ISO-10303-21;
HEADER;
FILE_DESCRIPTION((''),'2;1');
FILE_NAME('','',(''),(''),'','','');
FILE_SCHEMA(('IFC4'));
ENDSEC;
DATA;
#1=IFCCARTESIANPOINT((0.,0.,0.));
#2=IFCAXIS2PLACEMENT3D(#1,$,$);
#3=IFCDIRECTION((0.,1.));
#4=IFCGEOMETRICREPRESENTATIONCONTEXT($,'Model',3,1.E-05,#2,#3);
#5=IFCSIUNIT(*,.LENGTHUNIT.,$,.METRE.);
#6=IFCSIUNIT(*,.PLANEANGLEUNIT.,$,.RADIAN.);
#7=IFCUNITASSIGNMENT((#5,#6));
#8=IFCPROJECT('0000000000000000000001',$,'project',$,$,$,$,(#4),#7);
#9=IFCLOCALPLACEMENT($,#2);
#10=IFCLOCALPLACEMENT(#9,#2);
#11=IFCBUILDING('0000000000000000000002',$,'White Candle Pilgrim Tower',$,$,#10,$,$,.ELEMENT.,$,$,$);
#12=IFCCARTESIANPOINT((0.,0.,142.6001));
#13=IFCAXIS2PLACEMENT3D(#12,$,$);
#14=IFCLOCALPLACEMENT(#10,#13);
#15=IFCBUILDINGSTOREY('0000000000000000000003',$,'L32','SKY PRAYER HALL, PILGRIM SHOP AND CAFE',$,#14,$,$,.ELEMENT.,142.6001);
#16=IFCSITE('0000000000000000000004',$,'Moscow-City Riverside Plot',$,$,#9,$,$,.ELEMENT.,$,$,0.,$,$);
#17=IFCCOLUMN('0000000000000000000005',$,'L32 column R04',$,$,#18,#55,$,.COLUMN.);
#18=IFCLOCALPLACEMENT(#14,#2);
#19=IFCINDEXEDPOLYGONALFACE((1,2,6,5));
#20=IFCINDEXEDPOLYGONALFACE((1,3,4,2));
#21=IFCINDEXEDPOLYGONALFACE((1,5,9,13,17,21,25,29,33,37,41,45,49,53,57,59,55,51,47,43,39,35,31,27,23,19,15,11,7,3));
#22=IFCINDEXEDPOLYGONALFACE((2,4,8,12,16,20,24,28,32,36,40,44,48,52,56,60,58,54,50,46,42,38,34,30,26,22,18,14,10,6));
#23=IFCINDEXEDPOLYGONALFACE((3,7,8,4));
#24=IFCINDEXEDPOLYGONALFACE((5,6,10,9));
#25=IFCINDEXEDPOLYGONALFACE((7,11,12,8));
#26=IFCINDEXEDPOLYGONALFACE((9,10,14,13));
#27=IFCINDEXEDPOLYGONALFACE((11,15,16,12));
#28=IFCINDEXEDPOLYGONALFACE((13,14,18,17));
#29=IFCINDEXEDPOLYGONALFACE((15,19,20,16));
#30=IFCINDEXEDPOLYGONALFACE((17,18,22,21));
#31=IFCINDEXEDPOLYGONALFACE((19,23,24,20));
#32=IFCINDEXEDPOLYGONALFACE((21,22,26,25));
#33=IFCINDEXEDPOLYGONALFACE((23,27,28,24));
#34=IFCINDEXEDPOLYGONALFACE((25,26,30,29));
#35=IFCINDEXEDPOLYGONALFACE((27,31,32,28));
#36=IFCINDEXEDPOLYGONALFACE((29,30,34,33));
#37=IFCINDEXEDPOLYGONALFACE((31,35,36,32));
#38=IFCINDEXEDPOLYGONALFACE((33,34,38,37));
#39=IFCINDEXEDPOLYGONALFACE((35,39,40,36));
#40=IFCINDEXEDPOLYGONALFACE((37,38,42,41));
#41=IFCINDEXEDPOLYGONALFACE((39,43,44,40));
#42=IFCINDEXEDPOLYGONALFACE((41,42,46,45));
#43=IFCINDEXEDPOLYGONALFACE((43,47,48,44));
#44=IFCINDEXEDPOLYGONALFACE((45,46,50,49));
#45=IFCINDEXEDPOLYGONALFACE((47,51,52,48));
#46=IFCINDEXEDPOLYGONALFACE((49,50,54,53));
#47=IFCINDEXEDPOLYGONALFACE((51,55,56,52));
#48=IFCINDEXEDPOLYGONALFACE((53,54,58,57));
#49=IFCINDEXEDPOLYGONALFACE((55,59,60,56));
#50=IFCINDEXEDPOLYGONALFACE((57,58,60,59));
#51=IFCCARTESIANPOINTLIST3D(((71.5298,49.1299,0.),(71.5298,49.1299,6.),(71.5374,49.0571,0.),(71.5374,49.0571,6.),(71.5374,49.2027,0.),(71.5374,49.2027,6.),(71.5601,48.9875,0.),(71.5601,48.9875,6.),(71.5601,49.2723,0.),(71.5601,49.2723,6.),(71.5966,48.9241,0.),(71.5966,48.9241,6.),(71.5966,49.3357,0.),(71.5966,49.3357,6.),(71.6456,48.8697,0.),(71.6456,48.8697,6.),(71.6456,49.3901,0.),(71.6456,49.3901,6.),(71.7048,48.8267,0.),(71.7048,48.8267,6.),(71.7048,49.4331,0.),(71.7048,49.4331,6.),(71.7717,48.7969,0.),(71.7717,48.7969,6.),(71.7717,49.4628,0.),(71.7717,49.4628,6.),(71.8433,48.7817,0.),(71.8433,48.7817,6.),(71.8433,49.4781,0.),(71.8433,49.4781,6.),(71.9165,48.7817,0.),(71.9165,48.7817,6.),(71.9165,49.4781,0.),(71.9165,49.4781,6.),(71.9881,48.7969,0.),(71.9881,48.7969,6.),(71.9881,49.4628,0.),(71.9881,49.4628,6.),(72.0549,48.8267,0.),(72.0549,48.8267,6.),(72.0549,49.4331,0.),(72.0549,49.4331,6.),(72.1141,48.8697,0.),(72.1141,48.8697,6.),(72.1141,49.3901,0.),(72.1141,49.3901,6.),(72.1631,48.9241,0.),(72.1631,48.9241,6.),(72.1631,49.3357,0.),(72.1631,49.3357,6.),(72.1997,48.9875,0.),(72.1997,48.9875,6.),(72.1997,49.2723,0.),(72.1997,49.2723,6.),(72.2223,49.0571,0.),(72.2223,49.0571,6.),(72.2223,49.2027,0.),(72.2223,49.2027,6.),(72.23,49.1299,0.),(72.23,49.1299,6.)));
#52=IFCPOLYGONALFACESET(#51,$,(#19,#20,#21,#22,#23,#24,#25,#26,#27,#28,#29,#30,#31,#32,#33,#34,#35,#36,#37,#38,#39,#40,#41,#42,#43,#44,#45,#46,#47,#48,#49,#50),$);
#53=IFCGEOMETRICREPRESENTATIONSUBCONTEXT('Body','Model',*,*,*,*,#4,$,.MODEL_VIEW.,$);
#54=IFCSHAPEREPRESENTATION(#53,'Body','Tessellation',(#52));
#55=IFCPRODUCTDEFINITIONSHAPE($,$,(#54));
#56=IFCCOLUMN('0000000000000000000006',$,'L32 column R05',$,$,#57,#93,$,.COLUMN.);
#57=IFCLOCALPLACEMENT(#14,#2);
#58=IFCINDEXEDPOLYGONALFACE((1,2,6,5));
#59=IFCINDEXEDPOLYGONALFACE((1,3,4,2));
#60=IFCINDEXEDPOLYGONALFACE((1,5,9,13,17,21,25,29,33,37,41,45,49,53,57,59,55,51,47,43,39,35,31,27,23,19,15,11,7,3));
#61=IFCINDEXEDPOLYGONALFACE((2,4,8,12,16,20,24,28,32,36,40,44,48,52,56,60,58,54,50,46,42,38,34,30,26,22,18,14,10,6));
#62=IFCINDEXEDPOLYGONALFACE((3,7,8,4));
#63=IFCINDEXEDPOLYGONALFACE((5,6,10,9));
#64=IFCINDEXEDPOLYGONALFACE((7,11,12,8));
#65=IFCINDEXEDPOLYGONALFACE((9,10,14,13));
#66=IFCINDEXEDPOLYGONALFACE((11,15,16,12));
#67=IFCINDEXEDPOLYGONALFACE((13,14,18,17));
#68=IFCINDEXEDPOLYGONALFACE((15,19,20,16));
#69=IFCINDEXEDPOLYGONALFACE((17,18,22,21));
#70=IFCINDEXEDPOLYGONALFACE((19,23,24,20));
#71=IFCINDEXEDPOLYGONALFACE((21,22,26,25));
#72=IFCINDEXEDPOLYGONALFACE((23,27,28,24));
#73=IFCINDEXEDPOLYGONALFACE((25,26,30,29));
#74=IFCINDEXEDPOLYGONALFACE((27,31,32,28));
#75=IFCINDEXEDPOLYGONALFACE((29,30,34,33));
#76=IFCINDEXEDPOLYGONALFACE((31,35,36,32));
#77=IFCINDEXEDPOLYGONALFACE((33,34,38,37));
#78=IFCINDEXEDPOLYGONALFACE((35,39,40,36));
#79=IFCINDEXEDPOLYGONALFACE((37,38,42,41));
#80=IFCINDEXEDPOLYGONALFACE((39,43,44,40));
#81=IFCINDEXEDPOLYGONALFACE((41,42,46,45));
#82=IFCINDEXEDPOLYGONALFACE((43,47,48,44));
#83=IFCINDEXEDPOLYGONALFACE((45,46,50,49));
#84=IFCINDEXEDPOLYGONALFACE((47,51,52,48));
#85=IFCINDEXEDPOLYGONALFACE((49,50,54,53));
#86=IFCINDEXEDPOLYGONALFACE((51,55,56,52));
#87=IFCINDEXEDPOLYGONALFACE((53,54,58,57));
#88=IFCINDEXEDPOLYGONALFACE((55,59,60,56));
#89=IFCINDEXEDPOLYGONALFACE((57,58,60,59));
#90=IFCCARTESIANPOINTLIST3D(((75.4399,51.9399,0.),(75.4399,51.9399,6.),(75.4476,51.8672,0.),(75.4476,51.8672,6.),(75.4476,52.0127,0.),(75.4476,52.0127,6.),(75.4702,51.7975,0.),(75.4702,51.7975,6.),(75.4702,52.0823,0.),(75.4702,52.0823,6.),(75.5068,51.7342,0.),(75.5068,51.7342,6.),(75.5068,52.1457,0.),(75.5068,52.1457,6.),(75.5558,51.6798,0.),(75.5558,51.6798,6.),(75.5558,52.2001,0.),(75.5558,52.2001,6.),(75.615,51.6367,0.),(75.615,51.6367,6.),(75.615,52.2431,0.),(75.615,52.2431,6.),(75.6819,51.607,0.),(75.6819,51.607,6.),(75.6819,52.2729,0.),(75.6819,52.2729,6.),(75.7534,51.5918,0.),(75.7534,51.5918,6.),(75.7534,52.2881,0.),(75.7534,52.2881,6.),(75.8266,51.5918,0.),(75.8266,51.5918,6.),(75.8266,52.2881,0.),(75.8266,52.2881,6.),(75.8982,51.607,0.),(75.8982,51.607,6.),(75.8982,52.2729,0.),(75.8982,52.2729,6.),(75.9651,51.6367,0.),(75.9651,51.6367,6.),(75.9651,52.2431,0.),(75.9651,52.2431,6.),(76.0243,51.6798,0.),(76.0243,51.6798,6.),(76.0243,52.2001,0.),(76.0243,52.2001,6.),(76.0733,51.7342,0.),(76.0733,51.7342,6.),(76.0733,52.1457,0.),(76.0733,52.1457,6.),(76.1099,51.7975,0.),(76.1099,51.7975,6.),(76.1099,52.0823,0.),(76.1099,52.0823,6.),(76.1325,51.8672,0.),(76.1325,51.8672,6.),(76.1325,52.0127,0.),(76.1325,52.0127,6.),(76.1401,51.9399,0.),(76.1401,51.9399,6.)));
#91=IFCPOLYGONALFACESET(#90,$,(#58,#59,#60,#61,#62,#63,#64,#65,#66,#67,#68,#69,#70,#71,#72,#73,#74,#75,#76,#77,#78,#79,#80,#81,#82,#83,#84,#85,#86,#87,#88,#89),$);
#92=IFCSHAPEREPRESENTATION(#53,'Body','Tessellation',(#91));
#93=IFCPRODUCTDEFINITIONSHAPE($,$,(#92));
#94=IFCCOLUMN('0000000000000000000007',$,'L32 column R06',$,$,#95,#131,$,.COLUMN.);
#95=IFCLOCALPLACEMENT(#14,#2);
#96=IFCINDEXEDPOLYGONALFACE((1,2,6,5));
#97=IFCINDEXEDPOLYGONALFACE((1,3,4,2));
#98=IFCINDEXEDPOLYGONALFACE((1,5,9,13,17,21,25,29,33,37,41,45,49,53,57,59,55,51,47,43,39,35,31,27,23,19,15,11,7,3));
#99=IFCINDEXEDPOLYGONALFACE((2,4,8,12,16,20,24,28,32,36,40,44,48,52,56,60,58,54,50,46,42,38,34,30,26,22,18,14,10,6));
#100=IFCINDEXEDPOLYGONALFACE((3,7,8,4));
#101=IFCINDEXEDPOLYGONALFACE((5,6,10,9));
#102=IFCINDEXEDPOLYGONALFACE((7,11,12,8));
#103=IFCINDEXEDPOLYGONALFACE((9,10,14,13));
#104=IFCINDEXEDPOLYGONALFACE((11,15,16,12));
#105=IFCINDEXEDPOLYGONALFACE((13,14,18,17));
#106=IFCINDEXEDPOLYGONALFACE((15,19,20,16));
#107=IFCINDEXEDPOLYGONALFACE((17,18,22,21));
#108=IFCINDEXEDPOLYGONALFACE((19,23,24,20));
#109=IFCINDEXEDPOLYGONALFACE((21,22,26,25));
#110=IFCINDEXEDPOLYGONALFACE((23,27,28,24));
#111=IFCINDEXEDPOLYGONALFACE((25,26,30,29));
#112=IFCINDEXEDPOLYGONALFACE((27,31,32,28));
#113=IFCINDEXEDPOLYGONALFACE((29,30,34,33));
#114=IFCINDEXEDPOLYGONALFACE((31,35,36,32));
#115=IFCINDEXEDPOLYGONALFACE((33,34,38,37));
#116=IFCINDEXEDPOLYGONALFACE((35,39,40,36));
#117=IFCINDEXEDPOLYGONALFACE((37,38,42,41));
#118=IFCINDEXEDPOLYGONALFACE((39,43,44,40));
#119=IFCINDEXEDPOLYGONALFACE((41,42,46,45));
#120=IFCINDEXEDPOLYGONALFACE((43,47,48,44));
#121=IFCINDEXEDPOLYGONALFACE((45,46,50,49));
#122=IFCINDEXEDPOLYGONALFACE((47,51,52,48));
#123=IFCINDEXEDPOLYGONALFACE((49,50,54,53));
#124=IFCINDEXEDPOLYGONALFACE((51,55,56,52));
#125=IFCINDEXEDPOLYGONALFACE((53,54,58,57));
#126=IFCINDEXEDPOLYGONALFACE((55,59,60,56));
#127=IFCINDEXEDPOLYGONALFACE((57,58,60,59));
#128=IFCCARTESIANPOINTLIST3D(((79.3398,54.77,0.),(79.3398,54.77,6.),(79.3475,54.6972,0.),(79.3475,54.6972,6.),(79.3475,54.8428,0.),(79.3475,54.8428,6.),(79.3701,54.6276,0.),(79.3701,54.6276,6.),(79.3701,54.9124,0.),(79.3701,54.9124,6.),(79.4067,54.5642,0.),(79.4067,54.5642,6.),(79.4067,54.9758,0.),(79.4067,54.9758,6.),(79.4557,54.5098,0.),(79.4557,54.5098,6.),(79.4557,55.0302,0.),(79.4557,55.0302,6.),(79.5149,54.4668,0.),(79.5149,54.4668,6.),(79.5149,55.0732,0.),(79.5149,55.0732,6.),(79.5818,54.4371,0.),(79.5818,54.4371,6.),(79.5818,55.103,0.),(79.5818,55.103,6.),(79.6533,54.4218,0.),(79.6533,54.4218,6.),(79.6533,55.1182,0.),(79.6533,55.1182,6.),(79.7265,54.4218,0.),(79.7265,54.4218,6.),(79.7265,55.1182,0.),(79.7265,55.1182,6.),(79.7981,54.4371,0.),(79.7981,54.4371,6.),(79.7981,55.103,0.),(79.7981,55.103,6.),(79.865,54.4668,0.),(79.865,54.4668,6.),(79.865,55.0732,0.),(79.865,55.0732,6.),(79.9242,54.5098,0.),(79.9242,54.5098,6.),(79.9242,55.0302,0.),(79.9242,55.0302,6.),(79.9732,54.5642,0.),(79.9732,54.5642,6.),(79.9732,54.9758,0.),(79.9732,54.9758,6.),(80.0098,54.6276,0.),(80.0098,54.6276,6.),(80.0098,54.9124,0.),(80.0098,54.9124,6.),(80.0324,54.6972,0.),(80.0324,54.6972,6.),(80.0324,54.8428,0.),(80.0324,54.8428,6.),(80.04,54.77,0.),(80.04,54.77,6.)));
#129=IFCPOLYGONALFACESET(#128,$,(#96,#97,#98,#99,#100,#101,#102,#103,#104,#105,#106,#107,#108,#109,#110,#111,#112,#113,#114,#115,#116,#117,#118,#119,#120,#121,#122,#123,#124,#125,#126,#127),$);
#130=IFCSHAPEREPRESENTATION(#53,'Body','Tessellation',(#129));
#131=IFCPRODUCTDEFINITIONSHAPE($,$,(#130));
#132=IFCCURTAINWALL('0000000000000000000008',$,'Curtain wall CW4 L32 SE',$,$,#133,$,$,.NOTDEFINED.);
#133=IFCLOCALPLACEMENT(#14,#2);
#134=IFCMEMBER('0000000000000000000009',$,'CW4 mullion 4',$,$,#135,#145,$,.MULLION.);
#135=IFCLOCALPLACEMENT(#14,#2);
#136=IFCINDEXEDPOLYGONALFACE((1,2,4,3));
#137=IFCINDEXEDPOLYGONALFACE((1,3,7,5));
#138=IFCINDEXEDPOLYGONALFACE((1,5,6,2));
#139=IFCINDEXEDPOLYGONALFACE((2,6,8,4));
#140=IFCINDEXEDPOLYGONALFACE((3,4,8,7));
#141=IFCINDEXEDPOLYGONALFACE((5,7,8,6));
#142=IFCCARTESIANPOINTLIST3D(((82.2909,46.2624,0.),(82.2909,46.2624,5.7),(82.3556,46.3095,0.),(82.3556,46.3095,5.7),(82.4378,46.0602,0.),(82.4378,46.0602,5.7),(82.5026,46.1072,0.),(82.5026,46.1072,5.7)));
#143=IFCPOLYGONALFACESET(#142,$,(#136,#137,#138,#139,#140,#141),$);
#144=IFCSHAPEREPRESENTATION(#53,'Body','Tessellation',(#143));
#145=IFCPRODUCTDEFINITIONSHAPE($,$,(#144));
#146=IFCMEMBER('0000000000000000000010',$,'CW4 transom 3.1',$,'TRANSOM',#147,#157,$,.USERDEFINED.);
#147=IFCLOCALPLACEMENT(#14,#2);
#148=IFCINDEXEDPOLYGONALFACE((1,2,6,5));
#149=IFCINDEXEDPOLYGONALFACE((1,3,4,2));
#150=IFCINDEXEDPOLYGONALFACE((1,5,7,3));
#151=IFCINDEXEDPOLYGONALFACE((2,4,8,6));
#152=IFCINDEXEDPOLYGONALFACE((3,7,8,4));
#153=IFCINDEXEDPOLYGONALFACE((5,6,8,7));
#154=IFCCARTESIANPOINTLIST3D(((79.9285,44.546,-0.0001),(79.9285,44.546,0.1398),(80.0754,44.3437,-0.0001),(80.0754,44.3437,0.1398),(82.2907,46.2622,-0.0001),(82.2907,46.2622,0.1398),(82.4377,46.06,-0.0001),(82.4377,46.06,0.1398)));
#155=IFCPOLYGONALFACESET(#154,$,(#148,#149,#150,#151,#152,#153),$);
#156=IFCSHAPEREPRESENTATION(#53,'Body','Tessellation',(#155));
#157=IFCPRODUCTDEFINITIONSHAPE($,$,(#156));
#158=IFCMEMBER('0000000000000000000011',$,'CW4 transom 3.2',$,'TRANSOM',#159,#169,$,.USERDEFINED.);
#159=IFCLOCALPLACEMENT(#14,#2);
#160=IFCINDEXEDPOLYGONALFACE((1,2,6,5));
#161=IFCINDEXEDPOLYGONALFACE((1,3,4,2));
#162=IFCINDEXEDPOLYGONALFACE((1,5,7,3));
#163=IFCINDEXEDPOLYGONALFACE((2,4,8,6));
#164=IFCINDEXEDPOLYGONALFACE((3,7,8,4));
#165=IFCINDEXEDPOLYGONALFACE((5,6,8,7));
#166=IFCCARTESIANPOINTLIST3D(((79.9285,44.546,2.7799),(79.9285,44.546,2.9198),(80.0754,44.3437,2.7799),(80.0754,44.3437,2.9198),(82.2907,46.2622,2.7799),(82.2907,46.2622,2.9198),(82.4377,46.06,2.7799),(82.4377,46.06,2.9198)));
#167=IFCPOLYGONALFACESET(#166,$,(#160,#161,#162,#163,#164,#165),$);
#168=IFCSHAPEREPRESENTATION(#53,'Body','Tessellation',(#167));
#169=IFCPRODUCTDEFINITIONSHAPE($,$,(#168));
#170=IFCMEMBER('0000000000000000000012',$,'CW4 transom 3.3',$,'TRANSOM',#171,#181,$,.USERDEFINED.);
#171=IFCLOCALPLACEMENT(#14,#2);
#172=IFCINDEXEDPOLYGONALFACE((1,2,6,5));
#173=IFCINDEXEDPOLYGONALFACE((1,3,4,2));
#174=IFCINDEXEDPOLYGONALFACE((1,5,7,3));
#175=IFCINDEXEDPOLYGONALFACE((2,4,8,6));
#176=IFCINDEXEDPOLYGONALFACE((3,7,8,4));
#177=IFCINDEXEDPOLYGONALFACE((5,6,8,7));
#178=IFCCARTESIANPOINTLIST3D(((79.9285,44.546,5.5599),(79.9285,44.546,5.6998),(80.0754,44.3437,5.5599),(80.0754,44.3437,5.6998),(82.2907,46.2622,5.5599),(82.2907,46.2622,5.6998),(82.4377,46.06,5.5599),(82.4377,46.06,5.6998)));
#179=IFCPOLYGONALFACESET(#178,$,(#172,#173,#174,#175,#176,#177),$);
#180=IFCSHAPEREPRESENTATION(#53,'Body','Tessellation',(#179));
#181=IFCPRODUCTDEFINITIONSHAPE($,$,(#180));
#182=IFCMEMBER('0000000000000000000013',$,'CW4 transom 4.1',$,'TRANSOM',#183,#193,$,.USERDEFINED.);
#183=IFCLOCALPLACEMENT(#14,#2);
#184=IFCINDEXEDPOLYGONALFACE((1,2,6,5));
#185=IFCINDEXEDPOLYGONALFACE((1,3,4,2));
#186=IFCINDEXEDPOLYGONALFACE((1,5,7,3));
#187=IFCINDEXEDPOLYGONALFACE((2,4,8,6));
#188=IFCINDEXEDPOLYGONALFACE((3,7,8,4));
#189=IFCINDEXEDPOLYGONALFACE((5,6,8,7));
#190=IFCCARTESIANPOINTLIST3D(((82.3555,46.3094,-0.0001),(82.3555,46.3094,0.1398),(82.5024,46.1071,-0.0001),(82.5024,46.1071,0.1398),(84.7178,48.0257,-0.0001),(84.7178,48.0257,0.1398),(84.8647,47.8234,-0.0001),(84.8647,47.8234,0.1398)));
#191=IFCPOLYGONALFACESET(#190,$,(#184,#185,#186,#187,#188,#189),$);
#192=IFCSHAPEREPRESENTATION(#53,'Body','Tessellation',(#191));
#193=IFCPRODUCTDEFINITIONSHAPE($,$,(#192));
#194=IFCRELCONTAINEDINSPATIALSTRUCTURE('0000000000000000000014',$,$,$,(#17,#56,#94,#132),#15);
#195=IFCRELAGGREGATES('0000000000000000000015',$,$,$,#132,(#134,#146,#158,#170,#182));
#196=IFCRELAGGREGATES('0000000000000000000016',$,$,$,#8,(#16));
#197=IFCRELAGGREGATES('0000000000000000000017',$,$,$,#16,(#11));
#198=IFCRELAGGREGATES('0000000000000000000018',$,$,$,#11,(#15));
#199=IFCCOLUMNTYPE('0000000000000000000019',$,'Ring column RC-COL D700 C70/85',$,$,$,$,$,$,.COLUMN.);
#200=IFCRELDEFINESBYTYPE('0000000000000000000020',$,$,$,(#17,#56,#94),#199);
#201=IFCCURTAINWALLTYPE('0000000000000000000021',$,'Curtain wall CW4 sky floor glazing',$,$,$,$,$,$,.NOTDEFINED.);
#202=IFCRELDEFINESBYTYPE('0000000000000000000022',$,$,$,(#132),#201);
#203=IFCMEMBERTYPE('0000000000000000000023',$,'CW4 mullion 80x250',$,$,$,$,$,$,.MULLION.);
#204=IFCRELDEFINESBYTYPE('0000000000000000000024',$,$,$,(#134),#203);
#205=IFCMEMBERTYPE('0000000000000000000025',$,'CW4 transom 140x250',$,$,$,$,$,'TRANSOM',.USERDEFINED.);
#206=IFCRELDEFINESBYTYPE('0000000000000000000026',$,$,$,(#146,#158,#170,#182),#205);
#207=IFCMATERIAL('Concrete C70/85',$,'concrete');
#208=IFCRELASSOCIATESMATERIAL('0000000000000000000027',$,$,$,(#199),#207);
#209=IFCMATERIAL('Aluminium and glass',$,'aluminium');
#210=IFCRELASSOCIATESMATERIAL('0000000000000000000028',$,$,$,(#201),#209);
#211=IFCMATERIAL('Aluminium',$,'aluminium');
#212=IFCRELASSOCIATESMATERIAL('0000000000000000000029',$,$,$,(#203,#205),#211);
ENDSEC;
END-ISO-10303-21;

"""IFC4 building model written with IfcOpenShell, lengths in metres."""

from ifc_helpers import new_model, si_unit, direction, frame, origin, origin_2d, place, context, subcontext, project, spatial, rectangle, circle, extrude, material, material_profile, profile_set, type_object, element, aggregate, save


model = new_model("IFC4")

# Units and contexts
model_context = context("Model", 3, precision=1e-05, world=origin(), true_north=direction((0.0, 1.0)))
body_context = subcontext(model_context, "Body", "Model", "MODEL_VIEW")
ifc_project = project(units=[si_unit("LENGTHUNIT", "METRE"), si_unit("PLANEANGLEUNIT", "RADIAN")], contexts=[model_context])

# Site, building, storey
site_placement = place(None, origin())
site = spatial("IfcSite", under=ifc_project, at=site_placement, Name="Moscow-City Riverside Plot", CompositionType="ELEMENT", RefElevation=0.0)
building_placement = place(site_placement, origin())
building = spatial("IfcBuilding", under=site, at=building_placement, Name="White Candle Pilgrim Tower", CompositionType="ELEMENT")
storey_placement = place(building_placement, frame((0.0, 0.0, 142.6001)))
storey = spatial("IfcBuildingStorey", under=building, at=storey_placement, Name="L32", Description="SKY PRAYER HALL, PILGRIM SHOP AND CAFE", CompositionType="ELEMENT", Elevation=142.6001)

# Columns
ifc_material_1 = material(Name="Concrete C70/85", Category="concrete")
ifc_material_profile_1 = material_profile(ifc_material_1, circle(Radius=0.3501, at=origin_2d()), Name="RC-COL D700")
ifc_profile_set_1 = profile_set([ifc_material_profile_1], Name="Concrete C70/85")
column_type = type_object("IfcColumnType", Name="Ring column RC-COL D700 C70/85", PredefinedType="COLUMN", material=ifc_profile_set_1)
for number, where, z_axis, x_axis, name in (
    (1, (71.8799, 49.1299, 0.0), (0.0, 0.0, 1.0), (1.0, 0.0, 0.0), "L32 column R04"),
    (2, (75.79, 51.9399, 0.0), (0.0, 0.0, 1.0), (1.0, 0.0, 0.0), "L32 column R05"),
    (3, (79.6899, 54.77, 0.0), (0.0, 0.0, 1.0), (1.0, 0.0, 0.0), "L32 column R06"),
):
    element("IfcColumn", number, at=place(storey_placement, frame(where, z_axis=z_axis, x_axis=x_axis)), inside=storey, type_object=column_type, Name=name, PredefinedType="COLUMN", context=body_context, shape_type="SweptSolid", body=[
        extrude(circle(Radius=0.3501, at=origin_2d()), origin(), (0.0, 0.0, 1.0), 6.0),
    ])

# Curtain wall, members
ifc_material_2 = material(Name="Aluminium and glass", Category="aluminium")
curtain_wall_type = type_object("IfcCurtainWallType", Name="Curtain wall CW4 sky floor glazing", PredefinedType="NOTDEFINED", material=ifc_material_2)
curtain_wall_placement = place(storey_placement, origin())
curtain_wall = element("IfcCurtainWall", 4, at=curtain_wall_placement, inside=storey, type_object=curtain_wall_type, Name="Curtain wall CW4 L32 SE", PredefinedType="NOTDEFINED")
ifc_material_3 = material(Name="Aluminium", Category="aluminium")
ifc_material_profile_2 = material_profile(ifc_material_3, rectangle(XDim=0.25, YDim=0.0801, at=origin_2d()), Name="CW4 mullion 80x250")
ifc_profile_set_2 = profile_set([ifc_material_profile_2], Name="Aluminium")
member_type_1 = type_object("IfcMemberType", Name="CW4 mullion 80x250", PredefinedType="MULLION", material=ifc_profile_set_2)
member_1_placement = place(storey_placement, frame((82.3967, 46.1848, 0.0), z_axis=(0.0, 0.0, 1.0), x_axis=(-0.587785, 0.809017, 0.0)))
member_1 = element("IfcMember", 5, at=member_1_placement, type_object=member_type_1, Name="CW4 mullion 4", PredefinedType="MULLION", context=body_context, shape_type="SweptSolid", body=[
    extrude(rectangle(XDim=0.25, YDim=0.0801, at=origin_2d()), origin(), (0.0, 0.0, 1.0), 5.7),
])
ifc_material_profile_3 = material_profile(ifc_material_3, rectangle(XDim=0.25, YDim=0.1399, at=origin_2d()), Name="CW4 transom 140x250")
ifc_profile_set_3 = profile_set([ifc_material_profile_3], Name="Aluminium")
member_type_2 = type_object("IfcMemberType", Name="CW4 transom 140x250", ElementType="TRANSOM", PredefinedType="USERDEFINED", material=ifc_profile_set_3)
member_2_placement = place(storey_placement, frame((80.002, 44.4448, 0.0698), z_axis=(0.809018, 0.587784, 0.0), x_axis=(-0.587784, 0.809018, 0.0)))
member_2 = element("IfcMember", 6, at=member_2_placement, type_object=member_type_2, Name="CW4 transom 3.1", ObjectType="TRANSOM", PredefinedType="USERDEFINED", context=body_context, shape_type="SweptSolid", body=[
    extrude(rectangle(XDim=0.25, YDim=0.1399, at=origin_2d()), origin(), (0.0, 0.0, 1.0), 2.9199),
])
member_3_placement = place(storey_placement, frame((80.002, 44.4448, 2.8499), z_axis=(0.809018, 0.587784, 0.0), x_axis=(-0.587784, 0.809018, 0.0)))
member_3 = element("IfcMember", 7, at=member_3_placement, type_object=member_type_2, Name="CW4 transom 3.2", ObjectType="TRANSOM", PredefinedType="USERDEFINED", context=body_context, shape_type="SweptSolid", body=[
    extrude(rectangle(XDim=0.25, YDim=0.1399, at=origin_2d()), origin(), (0.0, 0.0, 1.0), 2.9199),
])
member_4_placement = place(storey_placement, frame((80.002, 44.4448, 5.6299), z_axis=(0.809018, 0.587784, 0.0), x_axis=(-0.587784, 0.809018, 0.0)))
member_4 = element("IfcMember", 8, at=member_4_placement, type_object=member_type_2, Name="CW4 transom 3.3", ObjectType="TRANSOM", PredefinedType="USERDEFINED", context=body_context, shape_type="SweptSolid", body=[
    extrude(rectangle(XDim=0.25, YDim=0.1399, at=origin_2d()), origin(), (0.0, 0.0, 1.0), 2.9199),
])
member_5_placement = place(storey_placement, frame((82.429, 46.2083, 0.0698), z_axis=(0.809018, 0.587784, 0.0), x_axis=(-0.587784, 0.809018, 0.0)))
member_5 = element("IfcMember", 9, at=member_5_placement, type_object=member_type_2, Name="CW4 transom 4.1", ObjectType="TRANSOM", PredefinedType="USERDEFINED", context=body_context, shape_type="SweptSolid", body=[
    extrude(rectangle(XDim=0.25, YDim=0.1399, at=origin_2d()), origin(), (0.0, 0.0, 1.0), 2.9199),
])

aggregate(curtain_wall, [member_1, member_2, member_3, member_4, member_5])

save(model, "model.ifc")
